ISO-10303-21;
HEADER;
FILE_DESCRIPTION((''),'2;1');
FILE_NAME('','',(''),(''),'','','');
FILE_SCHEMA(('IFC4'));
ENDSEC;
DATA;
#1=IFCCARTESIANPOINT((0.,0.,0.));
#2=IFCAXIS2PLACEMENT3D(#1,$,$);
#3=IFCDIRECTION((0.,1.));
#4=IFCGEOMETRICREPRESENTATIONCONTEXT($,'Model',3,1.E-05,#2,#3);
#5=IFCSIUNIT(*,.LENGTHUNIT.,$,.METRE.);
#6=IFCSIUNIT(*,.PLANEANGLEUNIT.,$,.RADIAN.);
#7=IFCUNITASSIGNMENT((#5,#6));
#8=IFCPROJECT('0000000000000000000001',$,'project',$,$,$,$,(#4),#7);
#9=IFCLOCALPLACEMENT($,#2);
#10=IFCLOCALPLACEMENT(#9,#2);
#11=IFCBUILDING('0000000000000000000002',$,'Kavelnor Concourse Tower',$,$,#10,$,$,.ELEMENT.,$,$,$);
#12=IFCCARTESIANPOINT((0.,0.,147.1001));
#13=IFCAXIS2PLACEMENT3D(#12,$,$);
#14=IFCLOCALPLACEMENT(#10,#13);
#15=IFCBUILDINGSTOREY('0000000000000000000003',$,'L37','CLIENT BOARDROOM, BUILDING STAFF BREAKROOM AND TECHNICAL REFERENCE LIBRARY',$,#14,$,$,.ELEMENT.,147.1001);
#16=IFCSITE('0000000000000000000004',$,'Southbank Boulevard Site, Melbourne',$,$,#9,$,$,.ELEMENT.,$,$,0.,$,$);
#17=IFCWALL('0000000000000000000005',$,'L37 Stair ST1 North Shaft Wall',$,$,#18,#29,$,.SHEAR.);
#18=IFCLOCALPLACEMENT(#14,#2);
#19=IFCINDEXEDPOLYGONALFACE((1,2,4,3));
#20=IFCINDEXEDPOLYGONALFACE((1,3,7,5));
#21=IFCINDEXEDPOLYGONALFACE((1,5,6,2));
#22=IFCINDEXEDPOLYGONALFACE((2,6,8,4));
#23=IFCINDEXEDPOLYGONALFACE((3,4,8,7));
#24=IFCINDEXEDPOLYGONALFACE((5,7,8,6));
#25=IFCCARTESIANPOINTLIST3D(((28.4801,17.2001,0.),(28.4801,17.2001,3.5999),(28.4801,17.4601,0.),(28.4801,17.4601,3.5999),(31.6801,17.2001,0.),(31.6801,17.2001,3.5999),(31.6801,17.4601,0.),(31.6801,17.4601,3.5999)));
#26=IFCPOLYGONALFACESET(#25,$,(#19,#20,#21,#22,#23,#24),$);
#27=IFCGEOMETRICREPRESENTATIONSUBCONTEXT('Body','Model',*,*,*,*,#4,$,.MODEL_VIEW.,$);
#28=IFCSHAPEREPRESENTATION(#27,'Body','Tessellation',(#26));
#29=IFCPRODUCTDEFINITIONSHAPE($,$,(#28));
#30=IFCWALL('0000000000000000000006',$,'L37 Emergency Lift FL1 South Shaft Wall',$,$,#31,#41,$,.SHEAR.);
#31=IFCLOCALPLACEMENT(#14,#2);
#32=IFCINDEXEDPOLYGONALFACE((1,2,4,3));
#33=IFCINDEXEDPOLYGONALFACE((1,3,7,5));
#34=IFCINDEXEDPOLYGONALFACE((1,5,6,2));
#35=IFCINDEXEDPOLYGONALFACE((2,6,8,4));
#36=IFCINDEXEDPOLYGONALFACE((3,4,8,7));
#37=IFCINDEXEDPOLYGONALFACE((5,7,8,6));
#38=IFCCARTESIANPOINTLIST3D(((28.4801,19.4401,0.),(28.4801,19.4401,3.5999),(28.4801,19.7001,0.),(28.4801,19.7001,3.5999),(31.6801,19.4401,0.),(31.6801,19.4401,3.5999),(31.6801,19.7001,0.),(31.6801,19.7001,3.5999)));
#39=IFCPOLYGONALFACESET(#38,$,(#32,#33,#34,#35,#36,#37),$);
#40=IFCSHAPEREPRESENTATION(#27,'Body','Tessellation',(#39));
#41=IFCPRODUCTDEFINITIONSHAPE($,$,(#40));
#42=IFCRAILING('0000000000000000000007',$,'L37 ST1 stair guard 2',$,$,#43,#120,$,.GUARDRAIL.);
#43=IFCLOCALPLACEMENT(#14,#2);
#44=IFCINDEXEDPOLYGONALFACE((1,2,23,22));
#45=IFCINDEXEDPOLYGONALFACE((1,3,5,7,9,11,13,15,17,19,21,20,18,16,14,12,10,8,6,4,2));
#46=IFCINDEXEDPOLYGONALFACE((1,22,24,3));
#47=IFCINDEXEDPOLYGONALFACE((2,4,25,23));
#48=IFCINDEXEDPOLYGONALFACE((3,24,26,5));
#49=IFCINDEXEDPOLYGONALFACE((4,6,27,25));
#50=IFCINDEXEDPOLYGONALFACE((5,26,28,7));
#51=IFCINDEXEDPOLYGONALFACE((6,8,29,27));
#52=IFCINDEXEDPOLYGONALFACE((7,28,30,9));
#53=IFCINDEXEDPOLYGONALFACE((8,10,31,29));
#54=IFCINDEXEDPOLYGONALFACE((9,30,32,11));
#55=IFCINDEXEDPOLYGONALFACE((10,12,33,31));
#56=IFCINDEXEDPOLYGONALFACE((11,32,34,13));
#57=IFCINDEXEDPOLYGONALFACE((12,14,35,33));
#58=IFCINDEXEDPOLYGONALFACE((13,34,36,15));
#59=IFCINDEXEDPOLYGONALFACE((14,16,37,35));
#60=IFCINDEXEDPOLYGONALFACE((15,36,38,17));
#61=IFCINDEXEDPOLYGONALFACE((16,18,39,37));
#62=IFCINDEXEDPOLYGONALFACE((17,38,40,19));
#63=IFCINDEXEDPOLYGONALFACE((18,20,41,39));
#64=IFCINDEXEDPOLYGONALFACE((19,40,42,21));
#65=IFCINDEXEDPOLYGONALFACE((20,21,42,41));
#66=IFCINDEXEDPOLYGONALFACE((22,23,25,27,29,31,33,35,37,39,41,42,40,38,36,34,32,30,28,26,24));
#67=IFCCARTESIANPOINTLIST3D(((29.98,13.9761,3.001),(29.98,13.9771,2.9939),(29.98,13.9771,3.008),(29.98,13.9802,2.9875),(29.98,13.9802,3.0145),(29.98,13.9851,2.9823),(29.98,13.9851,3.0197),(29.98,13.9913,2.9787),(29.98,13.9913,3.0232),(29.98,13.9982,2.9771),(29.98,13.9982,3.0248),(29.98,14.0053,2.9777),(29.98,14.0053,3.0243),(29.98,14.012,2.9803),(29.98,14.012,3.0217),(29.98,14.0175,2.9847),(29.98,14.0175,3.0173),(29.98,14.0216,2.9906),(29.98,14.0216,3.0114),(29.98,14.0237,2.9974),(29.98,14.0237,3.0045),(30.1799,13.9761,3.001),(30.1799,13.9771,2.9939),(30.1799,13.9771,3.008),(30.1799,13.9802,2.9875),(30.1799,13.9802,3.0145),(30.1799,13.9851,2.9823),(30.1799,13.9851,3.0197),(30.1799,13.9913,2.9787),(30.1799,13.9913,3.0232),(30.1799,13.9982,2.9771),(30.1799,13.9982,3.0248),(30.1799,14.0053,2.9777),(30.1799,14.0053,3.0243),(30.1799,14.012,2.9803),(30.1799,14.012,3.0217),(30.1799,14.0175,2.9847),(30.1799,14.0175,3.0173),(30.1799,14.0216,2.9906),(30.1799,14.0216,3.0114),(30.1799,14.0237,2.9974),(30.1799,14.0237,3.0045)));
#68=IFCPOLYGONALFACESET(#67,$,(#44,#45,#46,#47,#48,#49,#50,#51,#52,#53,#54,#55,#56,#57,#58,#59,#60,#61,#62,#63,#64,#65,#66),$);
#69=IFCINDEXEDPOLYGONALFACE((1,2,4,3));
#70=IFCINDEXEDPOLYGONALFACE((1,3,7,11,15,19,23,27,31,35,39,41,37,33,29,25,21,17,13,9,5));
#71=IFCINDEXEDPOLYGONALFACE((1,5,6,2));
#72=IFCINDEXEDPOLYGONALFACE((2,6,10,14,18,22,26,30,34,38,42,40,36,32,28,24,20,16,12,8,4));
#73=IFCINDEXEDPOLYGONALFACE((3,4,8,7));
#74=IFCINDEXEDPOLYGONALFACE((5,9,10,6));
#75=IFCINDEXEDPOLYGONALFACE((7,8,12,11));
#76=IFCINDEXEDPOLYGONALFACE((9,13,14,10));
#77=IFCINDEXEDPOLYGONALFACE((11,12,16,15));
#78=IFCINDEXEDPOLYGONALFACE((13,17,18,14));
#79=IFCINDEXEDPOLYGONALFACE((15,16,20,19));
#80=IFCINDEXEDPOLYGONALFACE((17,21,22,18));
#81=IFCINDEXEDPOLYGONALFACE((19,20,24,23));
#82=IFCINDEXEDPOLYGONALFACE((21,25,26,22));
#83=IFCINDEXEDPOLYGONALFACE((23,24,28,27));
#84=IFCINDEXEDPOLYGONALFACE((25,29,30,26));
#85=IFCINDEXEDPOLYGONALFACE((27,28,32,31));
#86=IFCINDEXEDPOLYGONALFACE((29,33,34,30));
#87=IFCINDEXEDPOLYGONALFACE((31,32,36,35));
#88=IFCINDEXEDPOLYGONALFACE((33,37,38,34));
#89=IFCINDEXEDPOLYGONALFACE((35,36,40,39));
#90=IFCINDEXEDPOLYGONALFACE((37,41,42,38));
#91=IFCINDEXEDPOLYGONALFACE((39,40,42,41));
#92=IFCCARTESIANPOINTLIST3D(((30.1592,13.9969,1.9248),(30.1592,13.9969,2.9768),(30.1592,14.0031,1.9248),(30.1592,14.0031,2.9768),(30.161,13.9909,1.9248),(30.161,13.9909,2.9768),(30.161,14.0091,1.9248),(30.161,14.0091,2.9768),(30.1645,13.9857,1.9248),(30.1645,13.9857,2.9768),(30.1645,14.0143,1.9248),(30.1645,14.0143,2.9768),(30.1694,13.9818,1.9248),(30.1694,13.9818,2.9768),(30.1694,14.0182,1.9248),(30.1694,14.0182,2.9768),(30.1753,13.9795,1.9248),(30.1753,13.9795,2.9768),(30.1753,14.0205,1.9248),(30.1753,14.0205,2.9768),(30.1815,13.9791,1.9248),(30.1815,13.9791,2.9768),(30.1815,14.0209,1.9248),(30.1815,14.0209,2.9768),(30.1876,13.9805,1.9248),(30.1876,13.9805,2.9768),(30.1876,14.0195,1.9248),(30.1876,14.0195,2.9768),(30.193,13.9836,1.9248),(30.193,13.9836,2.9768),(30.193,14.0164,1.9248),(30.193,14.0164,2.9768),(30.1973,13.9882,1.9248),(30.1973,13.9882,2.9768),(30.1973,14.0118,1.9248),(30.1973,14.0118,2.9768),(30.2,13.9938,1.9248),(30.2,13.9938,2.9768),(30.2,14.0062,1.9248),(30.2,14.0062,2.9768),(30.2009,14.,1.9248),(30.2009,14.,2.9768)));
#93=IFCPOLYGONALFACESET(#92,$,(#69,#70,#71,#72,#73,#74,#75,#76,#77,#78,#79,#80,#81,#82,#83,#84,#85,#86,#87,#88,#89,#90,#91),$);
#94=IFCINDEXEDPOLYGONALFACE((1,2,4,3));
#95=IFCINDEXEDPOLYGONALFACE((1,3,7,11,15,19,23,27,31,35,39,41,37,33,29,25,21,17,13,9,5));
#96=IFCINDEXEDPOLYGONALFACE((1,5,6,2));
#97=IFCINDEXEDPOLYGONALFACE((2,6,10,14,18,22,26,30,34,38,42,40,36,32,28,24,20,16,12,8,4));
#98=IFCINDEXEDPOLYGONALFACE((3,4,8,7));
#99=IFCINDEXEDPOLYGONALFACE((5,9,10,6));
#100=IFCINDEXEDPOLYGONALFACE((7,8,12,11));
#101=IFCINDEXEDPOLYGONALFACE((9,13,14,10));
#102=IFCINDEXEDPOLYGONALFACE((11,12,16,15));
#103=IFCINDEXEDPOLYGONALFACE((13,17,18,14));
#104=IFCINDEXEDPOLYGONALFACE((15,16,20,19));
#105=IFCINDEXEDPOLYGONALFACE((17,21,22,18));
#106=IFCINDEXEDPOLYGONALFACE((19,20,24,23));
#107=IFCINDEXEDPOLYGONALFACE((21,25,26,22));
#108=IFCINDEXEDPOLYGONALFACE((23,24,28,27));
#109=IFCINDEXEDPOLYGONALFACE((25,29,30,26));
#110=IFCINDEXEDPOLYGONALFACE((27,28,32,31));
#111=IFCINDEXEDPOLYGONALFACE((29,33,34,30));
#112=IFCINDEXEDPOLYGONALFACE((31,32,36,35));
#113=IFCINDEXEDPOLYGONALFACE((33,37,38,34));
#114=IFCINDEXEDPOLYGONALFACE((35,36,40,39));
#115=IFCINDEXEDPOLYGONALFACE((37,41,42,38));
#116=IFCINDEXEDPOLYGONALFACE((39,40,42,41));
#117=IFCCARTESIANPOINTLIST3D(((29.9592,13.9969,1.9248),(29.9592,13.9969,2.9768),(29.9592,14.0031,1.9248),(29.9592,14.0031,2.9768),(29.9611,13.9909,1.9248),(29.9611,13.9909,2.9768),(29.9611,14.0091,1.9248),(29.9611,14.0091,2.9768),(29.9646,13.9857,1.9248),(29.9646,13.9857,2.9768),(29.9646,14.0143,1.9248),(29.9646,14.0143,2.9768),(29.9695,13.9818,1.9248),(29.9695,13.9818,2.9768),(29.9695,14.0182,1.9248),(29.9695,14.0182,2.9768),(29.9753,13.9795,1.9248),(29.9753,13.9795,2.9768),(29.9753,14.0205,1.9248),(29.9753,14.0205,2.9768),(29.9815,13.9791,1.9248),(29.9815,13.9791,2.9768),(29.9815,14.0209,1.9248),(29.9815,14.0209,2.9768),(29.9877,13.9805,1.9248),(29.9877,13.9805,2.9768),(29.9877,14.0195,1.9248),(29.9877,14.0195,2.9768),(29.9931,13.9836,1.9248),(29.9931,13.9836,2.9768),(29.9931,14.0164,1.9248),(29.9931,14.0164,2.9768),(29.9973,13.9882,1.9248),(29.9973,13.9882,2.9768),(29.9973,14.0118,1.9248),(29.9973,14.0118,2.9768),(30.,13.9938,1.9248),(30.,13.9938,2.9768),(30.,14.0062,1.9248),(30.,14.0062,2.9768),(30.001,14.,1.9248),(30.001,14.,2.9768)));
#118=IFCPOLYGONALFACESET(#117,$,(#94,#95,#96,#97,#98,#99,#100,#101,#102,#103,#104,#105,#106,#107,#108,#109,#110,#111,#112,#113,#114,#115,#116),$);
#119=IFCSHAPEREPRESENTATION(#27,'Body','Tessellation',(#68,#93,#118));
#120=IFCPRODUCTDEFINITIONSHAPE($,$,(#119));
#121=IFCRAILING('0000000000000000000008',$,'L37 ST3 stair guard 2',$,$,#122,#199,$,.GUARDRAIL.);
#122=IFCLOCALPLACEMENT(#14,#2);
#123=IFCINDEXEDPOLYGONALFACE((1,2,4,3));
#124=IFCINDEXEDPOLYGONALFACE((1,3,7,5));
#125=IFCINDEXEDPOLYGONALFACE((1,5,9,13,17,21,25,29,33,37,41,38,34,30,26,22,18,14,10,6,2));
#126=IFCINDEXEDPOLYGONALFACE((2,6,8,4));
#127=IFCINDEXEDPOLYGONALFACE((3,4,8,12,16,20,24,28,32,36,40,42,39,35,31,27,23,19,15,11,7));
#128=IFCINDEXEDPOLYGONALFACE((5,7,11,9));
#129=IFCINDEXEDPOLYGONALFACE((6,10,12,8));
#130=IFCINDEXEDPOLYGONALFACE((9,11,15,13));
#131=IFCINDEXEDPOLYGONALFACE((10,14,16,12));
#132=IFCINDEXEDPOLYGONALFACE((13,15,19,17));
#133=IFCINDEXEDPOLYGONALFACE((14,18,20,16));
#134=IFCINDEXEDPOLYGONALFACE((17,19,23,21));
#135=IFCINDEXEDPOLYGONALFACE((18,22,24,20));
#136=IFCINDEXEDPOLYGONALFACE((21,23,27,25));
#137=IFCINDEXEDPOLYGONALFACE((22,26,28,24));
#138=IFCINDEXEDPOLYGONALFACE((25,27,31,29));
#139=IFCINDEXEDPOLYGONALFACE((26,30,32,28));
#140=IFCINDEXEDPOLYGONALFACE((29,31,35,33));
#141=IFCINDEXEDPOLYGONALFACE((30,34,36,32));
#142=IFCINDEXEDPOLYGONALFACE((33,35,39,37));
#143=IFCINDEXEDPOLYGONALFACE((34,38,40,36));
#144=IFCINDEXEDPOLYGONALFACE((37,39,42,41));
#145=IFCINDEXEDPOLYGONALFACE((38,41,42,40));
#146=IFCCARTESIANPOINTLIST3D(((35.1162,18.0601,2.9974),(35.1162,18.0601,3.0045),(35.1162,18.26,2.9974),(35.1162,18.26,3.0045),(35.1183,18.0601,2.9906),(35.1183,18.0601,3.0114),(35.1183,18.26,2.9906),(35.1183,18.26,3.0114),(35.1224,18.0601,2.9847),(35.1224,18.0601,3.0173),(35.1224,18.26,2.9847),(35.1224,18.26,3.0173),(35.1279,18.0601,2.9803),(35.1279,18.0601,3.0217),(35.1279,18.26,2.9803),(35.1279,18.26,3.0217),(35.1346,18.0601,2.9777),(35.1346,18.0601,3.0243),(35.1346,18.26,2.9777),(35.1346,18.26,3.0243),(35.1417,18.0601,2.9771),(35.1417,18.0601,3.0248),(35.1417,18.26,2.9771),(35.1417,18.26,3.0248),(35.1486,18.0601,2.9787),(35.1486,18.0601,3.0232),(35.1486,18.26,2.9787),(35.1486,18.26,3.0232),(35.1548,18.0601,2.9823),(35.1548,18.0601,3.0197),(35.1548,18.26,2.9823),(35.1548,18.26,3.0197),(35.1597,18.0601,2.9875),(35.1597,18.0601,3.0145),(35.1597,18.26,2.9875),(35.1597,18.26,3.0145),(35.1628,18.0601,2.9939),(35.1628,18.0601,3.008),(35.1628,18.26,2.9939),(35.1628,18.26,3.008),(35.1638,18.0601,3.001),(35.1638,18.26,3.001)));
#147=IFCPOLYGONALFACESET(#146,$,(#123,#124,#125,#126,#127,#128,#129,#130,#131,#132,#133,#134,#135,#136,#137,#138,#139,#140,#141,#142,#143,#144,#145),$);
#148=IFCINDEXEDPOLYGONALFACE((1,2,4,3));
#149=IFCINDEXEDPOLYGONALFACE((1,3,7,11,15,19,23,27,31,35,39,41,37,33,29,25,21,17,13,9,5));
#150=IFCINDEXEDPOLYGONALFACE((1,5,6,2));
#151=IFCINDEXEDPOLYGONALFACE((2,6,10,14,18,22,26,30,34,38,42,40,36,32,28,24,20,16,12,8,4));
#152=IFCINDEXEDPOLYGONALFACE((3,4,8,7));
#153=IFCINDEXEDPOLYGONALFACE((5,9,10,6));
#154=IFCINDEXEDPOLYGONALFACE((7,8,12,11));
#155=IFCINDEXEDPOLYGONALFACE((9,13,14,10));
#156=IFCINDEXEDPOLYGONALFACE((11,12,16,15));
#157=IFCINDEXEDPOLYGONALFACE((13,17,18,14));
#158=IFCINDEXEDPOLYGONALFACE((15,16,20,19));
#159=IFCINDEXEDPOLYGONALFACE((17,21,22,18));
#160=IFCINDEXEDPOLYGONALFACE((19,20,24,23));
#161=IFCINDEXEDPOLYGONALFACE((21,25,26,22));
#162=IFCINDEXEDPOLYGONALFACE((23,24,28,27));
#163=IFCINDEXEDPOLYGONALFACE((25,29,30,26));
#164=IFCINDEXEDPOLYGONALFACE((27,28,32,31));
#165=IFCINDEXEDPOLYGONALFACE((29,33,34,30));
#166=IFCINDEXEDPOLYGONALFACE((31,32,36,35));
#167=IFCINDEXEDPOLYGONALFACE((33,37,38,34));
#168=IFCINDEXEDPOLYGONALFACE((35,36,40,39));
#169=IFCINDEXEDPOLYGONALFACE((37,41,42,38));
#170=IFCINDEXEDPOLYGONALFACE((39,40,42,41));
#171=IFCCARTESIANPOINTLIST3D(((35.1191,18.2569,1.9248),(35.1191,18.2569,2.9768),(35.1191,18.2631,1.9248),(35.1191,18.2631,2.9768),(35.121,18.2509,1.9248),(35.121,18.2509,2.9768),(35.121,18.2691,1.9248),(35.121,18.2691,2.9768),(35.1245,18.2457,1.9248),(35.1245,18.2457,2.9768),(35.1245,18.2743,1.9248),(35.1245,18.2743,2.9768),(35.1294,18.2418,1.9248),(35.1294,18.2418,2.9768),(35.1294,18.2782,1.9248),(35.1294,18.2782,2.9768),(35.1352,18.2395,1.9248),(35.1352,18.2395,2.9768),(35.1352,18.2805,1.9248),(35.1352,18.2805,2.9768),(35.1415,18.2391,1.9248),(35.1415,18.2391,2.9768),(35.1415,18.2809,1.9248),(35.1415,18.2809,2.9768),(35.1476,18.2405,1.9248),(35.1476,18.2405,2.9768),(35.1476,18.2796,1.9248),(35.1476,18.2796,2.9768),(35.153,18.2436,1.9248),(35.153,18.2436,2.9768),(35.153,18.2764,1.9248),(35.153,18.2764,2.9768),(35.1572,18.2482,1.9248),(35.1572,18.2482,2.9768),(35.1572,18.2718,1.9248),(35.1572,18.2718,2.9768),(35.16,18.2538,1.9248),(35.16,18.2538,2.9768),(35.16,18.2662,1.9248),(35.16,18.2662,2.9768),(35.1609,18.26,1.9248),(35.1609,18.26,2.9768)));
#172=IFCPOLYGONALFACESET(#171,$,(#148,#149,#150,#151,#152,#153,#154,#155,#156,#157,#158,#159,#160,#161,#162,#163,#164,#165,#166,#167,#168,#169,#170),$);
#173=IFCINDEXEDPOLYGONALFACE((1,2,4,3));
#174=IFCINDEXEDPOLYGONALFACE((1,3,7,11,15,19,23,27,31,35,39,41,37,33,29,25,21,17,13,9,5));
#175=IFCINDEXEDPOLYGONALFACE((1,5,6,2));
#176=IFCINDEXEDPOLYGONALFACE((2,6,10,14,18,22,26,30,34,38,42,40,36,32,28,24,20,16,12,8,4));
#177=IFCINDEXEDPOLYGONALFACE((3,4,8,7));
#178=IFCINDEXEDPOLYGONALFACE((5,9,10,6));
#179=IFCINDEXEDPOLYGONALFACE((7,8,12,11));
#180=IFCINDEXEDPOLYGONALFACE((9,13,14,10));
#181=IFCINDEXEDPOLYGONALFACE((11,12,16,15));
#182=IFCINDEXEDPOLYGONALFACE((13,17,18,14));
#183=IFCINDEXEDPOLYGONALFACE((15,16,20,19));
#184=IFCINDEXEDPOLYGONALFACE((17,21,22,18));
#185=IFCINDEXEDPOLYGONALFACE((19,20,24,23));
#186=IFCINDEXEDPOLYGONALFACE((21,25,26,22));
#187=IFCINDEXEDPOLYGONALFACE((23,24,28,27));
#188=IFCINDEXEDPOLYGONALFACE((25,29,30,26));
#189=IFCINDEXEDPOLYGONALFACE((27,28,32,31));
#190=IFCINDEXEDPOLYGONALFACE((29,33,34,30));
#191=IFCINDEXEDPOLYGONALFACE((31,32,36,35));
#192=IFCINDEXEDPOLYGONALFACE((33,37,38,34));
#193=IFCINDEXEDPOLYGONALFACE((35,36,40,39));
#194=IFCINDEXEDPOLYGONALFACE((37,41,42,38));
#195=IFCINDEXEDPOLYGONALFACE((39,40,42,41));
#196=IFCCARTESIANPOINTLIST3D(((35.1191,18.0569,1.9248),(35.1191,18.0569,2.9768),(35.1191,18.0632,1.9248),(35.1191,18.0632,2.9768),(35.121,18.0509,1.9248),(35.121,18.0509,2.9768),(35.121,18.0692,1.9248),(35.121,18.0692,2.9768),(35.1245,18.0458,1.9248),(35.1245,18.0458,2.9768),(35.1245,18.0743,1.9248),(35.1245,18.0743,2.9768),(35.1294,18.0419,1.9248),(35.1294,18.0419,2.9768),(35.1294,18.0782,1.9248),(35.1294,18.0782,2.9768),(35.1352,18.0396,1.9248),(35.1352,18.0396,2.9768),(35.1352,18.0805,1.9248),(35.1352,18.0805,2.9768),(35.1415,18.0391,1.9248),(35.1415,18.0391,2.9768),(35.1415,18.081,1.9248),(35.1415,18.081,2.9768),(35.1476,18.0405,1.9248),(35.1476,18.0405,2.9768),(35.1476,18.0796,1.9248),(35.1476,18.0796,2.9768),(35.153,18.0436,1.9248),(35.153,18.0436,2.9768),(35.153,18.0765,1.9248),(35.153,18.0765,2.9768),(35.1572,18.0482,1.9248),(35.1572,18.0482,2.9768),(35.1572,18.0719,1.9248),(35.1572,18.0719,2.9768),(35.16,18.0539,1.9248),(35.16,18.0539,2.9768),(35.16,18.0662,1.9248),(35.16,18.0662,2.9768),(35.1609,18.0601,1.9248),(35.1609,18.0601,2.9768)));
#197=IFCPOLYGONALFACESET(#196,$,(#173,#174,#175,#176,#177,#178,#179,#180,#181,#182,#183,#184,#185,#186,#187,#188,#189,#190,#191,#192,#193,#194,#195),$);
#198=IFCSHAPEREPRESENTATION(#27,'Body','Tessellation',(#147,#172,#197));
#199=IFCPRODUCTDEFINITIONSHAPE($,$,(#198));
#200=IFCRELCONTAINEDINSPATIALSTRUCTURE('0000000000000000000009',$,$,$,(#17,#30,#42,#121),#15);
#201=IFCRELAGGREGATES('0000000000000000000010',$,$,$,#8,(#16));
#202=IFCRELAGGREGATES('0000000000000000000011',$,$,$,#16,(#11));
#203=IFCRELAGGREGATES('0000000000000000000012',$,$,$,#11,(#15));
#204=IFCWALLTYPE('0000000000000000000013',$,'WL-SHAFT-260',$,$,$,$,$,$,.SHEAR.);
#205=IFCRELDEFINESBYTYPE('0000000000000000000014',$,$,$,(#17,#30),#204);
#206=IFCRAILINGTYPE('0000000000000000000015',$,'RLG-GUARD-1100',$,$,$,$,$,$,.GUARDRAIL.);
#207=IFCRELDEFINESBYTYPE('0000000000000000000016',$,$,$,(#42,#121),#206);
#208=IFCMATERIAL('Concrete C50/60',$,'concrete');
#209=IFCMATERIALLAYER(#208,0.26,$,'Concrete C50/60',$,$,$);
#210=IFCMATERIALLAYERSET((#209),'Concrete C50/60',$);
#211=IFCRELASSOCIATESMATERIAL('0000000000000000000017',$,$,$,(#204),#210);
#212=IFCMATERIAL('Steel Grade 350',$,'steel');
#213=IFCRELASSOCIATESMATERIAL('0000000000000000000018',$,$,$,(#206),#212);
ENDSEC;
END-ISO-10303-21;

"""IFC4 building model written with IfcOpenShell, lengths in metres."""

from ifc_helpers import new_model, si_unit, direction, frame, frame_2d, origin, origin_2d, place, context, subcontext, project, spatial, rectangle, circle, extrude, material, layer, layer_set, type_object, element, save


model = new_model("IFC4")

# Units and contexts
model_context = context("Model", 3, precision=1e-05, world=origin(), true_north=direction((0.0, 1.0)))
body_context = subcontext(model_context, "Body", "Model", "MODEL_VIEW")
ifc_project = project(units=[si_unit("LENGTHUNIT", "METRE"), si_unit("PLANEANGLEUNIT", "RADIAN")], contexts=[model_context])

# Site, building, storey
site_placement = place(None, origin())
site = spatial("IfcSite", under=ifc_project, at=site_placement, Name="Southbank Boulevard Site, Melbourne", CompositionType="ELEMENT", RefElevation=0.0)
building_placement = place(site_placement, origin())
building = spatial("IfcBuilding", under=site, at=building_placement, Name="Kavelnor Concourse Tower", CompositionType="ELEMENT")
storey_placement = place(building_placement, frame((0.0, 0.0, 147.1001)))
storey = spatial("IfcBuildingStorey", under=building, at=storey_placement, Name="L37", Description="CLIENT BOARDROOM, BUILDING STAFF BREAKROOM AND TECHNICAL REFERENCE LIBRARY", CompositionType="ELEMENT", Elevation=147.1001)

# Shared definitions
ifc_material_1 = material(Name="Steel Grade 350", Category="steel")

# Shared definitions
ifc_material_2 = material(Name="Concrete C50/60", Category="concrete")

# Walls
ifc_layer_1 = layer(ifc_material_2, 0.26, Name="Concrete C50/60")
ifc_layer_set_1 = layer_set([ifc_layer_1], Name="Concrete C50/60")
wall_type_1 = type_object("IfcWallType", Name="WL-SHAFT-260", PredefinedType="SHEAR", material=ifc_layer_set_1)
for number, where, z_axis, x_axis, name in (
    (1, (28.48, 17.3301, 0.0), (0.0, 0.0, 1.0), (1.0, 0.0, 0.0), "L37 Stair ST1 North Shaft Wall"),
    (2, (28.48, 19.5701, 0.0), (0.0, 0.0, 1.0), (1.0, 0.0, 0.0), "L37 Emergency Lift FL1 South Shaft Wall"),
):
    element("IfcWall", number, at=place(storey_placement, frame(where, z_axis=z_axis, x_axis=x_axis)), inside=storey, type_object=wall_type_1, Name=name, PredefinedType="SHEAR", context=body_context, shape_type="SweptSolid", body=[
        extrude(rectangle(XDim=3.2, YDim=0.26, at=frame_2d((1.6001, 0.0))), origin(), (0.0, 0.0, 1.0), 3.5999),
    ])

# Railings
railing_type = type_object("IfcRailingType", Name="RLG-GUARD-1100", PredefinedType="GUARDRAIL", material=ifc_material_1)
railing_1_placement = place(storey_placement, frame((30.1799, 14.0, 1.9248)))
element("IfcRailing", 3, at=railing_1_placement, inside=storey, type_object=railing_type, Name="L37 ST1 stair guard 2", PredefinedType="GUARDRAIL", context=body_context, shape_type="SweptSolid", body=[
    extrude(circle(Radius=0.0239, at=origin_2d()), frame((0.0, 0.0, 1.0762), z_axis=(-1.0, 0.0, 0.0), x_axis=(0.0, -1.0, 0.0)), (0.0, 0.0, 1.0), 0.2),
    extrude(circle(Radius=0.021, at=origin_2d()), origin(), (0.0, 0.0, 1.0), 1.052),
    extrude(circle(Radius=0.021, at=origin_2d()), frame((-0.2, 0.0, 0.0)), (0.0, 0.0, 1.0), 1.052),
])
railing_2_placement = place(storey_placement, frame((35.1399, 18.26, 1.9248)))
element("IfcRailing", 4, at=railing_2_placement, inside=storey, type_object=railing_type, Name="L37 ST3 stair guard 2", PredefinedType="GUARDRAIL", context=body_context, shape_type="SweptSolid", body=[
    extrude(circle(Radius=0.0239, at=origin_2d()), frame((0.0, 0.0, 1.0762), z_axis=(0.0, -1.0, 0.0), x_axis=(1.0, 0.0, 0.0)), (0.0, 0.0, 1.0), 0.2),
    extrude(circle(Radius=0.021, at=origin_2d()), origin(), (0.0, 0.0, 1.0), 1.052),
    extrude(circle(Radius=0.021, at=origin_2d()), frame((0.0, -0.2, 0.0)), (0.0, 0.0, 1.0), 1.052),
])

save(model, "model.ifc")
